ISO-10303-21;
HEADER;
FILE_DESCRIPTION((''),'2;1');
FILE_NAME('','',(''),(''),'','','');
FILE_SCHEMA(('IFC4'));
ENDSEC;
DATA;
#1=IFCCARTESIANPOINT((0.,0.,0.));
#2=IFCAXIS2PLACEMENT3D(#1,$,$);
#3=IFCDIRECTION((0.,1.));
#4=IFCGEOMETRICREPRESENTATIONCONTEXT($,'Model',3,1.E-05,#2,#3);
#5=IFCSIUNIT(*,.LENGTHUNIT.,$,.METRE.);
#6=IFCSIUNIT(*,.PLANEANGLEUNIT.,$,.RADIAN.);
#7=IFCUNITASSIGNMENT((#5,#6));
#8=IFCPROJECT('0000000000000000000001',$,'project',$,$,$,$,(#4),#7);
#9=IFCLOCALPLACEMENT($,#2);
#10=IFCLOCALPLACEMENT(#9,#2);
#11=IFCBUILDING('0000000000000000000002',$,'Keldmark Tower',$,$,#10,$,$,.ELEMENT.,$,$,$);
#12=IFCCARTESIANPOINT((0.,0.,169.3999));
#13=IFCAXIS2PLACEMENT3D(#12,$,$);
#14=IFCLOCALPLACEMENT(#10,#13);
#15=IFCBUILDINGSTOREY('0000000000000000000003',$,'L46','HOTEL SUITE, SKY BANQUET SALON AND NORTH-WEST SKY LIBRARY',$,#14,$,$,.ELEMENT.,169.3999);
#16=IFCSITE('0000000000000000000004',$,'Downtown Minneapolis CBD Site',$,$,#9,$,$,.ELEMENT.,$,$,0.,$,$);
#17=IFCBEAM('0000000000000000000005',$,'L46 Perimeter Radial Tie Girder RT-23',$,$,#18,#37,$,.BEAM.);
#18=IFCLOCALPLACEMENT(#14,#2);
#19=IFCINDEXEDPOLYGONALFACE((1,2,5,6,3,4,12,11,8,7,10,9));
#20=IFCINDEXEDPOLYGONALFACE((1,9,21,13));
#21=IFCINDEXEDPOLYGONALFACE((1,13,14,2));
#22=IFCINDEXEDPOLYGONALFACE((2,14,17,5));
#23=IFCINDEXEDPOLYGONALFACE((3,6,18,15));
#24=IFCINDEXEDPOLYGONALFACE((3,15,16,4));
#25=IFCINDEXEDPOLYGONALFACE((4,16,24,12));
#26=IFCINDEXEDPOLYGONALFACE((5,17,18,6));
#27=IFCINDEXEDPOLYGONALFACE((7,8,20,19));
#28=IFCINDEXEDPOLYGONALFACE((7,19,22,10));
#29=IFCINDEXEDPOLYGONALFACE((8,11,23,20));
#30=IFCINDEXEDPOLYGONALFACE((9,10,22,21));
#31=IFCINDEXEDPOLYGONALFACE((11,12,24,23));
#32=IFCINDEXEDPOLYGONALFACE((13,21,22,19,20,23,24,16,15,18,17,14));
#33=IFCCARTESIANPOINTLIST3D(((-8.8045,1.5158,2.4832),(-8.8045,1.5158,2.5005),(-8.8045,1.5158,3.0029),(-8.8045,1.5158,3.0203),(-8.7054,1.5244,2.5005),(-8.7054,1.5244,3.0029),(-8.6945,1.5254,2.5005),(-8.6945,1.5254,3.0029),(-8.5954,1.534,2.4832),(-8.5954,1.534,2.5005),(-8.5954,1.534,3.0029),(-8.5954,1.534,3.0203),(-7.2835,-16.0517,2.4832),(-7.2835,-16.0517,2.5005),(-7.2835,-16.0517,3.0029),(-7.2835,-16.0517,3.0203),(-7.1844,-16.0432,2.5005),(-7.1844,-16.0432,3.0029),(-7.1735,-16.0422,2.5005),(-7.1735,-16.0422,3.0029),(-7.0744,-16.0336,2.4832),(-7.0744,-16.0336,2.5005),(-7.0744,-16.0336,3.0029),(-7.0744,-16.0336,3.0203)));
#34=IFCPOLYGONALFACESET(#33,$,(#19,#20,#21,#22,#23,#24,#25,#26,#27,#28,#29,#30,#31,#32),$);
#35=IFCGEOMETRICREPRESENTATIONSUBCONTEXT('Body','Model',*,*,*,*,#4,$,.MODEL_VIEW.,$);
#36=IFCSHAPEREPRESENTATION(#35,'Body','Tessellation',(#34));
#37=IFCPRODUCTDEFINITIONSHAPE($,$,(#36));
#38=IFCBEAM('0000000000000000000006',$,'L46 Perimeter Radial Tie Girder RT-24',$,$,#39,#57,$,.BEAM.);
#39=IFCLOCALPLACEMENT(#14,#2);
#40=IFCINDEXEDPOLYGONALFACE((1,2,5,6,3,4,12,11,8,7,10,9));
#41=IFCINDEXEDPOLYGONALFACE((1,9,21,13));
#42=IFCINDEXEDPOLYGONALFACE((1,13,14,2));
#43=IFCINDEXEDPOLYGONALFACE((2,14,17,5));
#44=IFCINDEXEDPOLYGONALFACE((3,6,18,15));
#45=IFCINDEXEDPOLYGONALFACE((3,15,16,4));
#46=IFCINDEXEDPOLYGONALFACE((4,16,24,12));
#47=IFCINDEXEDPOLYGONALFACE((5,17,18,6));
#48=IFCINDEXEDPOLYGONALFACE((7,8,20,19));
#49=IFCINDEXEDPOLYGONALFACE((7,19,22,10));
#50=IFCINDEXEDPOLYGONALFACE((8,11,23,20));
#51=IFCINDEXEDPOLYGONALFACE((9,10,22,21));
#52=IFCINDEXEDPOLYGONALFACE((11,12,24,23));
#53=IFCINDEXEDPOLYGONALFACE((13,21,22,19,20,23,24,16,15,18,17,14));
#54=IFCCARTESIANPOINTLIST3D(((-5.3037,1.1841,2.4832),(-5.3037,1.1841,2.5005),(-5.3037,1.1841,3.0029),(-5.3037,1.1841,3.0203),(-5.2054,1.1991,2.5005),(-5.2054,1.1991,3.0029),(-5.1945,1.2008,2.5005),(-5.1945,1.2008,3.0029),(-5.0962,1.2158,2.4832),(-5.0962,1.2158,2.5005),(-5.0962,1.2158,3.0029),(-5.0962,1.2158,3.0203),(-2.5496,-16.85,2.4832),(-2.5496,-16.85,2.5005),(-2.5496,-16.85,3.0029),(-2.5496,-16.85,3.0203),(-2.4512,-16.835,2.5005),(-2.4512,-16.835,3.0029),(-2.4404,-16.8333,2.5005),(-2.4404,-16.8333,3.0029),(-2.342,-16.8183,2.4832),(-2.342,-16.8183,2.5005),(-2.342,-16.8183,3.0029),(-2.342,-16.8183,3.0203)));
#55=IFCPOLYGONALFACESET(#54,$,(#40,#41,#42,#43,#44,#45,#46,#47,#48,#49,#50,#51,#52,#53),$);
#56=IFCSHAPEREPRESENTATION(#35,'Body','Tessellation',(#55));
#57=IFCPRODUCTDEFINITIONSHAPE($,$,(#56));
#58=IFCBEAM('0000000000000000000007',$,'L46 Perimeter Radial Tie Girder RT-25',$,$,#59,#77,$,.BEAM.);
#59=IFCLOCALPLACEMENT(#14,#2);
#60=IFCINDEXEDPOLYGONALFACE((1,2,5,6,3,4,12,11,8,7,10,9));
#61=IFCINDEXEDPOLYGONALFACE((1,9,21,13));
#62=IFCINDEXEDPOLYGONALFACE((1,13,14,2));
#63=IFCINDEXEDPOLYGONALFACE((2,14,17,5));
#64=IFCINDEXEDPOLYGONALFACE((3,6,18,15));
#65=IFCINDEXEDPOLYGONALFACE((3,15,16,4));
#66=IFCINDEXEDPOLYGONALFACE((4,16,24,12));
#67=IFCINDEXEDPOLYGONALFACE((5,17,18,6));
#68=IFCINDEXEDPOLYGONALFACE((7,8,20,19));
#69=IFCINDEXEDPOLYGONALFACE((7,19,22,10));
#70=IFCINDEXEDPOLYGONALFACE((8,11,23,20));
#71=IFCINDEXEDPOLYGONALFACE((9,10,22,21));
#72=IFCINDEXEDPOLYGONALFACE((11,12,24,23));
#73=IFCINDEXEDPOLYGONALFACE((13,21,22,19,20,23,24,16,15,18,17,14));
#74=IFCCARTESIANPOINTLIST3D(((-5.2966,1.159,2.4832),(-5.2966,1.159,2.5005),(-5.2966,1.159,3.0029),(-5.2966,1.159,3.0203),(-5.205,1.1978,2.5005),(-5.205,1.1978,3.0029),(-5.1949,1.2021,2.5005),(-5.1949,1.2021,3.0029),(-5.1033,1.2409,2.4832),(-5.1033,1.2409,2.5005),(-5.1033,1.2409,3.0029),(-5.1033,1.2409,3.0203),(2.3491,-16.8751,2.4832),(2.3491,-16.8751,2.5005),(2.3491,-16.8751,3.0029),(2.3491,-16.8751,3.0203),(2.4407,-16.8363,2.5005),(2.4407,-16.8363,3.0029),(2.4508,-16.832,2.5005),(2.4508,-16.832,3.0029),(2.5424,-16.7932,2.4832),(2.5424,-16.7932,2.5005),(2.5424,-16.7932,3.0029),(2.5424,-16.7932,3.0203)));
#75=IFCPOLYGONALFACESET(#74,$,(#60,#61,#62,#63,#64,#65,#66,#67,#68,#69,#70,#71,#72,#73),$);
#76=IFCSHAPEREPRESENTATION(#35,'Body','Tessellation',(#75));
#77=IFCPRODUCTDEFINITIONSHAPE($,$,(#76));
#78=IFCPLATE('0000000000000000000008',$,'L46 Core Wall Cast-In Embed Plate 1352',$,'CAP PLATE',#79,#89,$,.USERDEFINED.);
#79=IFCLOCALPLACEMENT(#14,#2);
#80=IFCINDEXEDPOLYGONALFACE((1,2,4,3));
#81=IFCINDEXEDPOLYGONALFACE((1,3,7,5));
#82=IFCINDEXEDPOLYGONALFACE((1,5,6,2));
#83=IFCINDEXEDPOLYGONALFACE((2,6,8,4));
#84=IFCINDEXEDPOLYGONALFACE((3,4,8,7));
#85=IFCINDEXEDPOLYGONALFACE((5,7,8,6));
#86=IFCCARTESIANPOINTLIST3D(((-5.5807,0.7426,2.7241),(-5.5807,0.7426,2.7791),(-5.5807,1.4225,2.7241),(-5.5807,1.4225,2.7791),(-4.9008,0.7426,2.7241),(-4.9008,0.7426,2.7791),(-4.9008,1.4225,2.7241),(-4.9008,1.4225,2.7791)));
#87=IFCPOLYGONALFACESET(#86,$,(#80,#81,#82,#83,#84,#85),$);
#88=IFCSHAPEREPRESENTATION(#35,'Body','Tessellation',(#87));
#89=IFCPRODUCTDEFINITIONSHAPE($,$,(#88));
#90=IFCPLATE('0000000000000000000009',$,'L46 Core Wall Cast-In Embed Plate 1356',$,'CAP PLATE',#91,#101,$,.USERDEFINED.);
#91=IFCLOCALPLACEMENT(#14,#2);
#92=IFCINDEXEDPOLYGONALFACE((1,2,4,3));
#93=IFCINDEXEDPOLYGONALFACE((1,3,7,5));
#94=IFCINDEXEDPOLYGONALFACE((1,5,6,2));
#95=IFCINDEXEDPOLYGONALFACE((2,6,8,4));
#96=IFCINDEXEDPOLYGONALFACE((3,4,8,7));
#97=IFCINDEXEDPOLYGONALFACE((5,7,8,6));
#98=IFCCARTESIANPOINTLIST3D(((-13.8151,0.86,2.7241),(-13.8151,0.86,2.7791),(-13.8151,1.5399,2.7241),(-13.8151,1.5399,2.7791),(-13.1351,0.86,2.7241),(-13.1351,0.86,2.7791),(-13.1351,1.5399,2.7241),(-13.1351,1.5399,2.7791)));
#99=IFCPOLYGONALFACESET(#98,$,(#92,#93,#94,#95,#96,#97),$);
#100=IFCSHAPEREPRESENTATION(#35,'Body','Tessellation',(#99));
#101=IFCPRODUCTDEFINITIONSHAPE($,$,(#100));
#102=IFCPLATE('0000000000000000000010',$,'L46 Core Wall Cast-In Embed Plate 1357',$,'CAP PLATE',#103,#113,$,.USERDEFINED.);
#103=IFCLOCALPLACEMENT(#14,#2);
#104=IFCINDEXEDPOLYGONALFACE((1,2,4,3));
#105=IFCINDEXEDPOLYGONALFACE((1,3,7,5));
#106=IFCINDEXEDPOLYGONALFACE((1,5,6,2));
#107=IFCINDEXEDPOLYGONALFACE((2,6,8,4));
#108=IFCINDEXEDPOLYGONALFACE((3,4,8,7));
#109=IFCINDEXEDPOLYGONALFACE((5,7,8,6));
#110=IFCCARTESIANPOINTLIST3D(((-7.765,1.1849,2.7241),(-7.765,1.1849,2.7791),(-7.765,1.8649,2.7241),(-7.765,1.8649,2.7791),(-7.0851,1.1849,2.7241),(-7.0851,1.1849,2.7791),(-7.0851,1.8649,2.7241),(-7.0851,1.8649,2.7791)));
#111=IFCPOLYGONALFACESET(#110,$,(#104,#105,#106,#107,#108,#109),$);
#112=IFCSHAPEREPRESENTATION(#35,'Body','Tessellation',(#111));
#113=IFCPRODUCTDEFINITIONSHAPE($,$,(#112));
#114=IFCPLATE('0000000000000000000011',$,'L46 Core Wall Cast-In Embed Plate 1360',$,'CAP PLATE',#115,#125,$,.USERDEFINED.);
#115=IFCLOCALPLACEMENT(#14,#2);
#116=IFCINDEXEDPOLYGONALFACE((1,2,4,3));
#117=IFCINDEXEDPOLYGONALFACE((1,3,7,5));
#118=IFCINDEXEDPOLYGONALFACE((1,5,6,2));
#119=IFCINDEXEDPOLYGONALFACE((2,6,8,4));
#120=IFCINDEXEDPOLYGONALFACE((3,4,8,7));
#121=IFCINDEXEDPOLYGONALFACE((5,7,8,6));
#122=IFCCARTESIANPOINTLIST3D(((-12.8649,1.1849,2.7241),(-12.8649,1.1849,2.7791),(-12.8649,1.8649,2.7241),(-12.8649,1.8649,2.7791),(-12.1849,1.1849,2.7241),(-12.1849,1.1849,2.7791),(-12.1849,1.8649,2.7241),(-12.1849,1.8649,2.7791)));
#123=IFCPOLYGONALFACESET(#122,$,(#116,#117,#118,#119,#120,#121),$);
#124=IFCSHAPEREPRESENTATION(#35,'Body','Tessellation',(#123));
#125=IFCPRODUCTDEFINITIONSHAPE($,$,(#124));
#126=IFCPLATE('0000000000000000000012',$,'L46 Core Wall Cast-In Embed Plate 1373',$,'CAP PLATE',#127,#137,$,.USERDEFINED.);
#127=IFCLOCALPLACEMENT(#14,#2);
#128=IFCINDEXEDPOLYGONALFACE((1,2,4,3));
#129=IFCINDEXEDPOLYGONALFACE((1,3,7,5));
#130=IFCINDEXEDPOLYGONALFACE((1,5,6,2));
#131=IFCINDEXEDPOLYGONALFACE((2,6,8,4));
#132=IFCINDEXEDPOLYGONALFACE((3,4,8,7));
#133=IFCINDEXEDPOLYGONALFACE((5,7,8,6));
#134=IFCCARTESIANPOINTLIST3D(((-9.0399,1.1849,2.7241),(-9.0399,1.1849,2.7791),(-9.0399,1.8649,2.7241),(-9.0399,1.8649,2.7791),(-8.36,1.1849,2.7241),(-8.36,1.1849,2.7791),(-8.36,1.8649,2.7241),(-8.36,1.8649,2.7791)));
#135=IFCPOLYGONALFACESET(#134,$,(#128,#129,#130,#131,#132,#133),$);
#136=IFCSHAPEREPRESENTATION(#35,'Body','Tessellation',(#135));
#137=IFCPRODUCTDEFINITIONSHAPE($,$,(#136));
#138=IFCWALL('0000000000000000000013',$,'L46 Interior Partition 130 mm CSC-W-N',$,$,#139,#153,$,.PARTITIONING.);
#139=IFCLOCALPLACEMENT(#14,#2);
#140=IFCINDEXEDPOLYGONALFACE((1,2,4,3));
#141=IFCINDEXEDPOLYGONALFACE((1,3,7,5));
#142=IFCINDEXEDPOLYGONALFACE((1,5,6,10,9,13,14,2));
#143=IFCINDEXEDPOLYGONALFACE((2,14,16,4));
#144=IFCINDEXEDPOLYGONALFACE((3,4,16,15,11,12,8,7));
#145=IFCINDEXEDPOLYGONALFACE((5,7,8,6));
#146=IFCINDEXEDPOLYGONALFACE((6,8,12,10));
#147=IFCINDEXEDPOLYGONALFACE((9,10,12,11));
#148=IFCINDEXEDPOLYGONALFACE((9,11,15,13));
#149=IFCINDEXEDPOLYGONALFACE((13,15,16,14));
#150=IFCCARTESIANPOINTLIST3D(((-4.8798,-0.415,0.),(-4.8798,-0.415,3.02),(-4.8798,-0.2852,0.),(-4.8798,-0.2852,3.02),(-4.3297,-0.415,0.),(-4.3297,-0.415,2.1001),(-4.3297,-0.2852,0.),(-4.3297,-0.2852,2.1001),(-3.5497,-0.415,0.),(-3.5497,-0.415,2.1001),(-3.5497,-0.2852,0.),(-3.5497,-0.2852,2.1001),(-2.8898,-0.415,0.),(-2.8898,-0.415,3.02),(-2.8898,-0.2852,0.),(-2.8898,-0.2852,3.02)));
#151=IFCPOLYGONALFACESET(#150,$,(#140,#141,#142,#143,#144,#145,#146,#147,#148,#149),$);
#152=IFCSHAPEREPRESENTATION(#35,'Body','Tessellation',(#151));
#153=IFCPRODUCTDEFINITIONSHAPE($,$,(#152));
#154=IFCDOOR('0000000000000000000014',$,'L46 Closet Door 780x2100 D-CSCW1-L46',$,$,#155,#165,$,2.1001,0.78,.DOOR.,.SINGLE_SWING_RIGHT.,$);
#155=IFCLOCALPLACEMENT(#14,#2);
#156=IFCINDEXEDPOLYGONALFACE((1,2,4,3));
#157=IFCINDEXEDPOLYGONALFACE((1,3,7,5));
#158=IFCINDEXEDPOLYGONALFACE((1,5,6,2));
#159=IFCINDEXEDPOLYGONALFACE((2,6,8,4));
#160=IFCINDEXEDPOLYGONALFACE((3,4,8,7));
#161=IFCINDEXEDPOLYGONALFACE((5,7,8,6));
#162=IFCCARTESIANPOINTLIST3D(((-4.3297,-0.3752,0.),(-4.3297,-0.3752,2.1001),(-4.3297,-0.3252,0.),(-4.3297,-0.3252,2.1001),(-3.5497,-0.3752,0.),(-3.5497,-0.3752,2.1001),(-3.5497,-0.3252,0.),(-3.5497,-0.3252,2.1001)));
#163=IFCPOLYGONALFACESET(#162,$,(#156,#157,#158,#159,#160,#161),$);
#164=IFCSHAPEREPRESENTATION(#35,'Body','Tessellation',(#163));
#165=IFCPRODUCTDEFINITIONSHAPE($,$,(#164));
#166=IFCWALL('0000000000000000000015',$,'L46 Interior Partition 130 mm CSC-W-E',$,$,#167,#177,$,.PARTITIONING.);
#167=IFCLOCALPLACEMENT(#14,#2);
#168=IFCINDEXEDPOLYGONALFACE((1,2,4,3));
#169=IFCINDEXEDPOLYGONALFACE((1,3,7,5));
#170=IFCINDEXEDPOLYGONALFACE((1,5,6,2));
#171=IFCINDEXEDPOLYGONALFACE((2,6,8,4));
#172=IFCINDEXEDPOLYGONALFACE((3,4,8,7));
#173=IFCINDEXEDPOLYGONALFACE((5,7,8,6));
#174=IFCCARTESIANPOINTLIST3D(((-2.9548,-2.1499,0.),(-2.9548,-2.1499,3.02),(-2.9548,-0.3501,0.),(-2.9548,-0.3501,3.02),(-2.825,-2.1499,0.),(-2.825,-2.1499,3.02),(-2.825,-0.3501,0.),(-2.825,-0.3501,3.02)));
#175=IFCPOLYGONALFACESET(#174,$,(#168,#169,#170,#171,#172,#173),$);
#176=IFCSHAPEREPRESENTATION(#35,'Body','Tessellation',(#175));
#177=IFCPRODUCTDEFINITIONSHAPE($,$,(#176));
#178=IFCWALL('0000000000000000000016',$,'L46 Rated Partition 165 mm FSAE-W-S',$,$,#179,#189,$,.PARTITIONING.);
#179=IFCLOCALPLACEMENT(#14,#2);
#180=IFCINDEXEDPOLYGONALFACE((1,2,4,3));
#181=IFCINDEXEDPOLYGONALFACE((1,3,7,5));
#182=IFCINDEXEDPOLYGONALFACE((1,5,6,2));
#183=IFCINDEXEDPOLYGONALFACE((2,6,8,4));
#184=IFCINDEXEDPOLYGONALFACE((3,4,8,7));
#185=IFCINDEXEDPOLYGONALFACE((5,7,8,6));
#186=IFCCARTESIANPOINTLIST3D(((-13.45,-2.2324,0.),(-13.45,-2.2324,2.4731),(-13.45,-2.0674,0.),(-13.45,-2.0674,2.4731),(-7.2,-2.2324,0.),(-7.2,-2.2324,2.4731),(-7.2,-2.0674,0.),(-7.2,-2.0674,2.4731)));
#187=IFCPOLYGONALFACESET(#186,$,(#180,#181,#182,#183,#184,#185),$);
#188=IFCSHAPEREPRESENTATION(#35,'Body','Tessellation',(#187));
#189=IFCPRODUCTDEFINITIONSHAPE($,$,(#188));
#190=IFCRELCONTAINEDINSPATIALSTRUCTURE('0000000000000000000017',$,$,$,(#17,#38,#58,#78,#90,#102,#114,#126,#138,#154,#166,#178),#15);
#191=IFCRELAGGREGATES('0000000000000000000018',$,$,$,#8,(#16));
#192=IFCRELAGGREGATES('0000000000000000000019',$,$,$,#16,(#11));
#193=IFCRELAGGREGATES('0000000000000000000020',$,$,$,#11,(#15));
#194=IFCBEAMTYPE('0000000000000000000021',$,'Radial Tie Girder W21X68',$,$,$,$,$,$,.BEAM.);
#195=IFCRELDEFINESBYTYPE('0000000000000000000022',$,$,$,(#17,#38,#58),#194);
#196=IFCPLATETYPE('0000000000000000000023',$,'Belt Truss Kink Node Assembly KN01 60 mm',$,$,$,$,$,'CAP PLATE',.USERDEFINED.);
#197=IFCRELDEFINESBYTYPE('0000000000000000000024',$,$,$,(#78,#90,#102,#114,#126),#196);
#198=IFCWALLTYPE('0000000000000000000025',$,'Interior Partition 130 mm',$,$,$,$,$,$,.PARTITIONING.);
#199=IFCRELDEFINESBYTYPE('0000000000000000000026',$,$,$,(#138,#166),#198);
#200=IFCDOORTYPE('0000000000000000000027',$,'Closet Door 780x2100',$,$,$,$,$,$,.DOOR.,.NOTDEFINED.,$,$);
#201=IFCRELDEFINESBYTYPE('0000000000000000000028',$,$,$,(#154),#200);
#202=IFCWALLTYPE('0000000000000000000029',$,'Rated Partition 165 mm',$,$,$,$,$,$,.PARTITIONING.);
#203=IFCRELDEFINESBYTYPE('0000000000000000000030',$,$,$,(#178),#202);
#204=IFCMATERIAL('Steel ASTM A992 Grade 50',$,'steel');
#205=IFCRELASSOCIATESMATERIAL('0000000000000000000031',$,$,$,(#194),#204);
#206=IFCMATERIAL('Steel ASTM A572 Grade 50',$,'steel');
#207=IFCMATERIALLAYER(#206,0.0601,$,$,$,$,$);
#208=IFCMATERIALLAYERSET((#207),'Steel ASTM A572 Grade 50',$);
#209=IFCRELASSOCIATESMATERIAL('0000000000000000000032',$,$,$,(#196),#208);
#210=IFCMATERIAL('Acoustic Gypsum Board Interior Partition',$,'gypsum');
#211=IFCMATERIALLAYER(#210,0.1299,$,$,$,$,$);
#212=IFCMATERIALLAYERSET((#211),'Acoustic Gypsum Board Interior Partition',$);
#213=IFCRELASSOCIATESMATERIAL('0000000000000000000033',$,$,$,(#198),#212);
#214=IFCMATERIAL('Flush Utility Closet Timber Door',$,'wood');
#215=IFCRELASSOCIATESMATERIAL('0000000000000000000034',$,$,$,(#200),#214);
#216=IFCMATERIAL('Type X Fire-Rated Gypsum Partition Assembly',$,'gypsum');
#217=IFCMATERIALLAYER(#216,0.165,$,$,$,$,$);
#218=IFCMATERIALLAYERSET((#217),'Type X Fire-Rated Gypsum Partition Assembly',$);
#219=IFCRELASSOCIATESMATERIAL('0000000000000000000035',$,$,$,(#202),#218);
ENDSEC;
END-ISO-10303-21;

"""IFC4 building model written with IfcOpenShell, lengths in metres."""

from ifc_helpers import new_model, si_unit, direction, frame, frame_2d, origin, origin_2d, place, context, subcontext, project, spatial, rectangle, i_section, extrude, material, layer, layer_set, material_profile, profile_set, type_object, element, fill, save


model = new_model("IFC4")

# Units and contexts
model_context = context("Model", 3, precision=1e-05, world=origin(), true_north=direction((0.0, 1.0)))
body_context = subcontext(model_context, "Body", "Model", "MODEL_VIEW")
ifc_project = project(units=[si_unit("LENGTHUNIT", "METRE"), si_unit("PLANEANGLEUNIT", "RADIAN")], contexts=[model_context])

# Site, building, storey
site_placement = place(None, origin())
site = spatial("IfcSite", under=ifc_project, at=site_placement, Name="Downtown Minneapolis CBD Site", CompositionType="ELEMENT", RefElevation=0.0)
building_placement = place(site_placement, origin())
building = spatial("IfcBuilding", under=site, at=building_placement, Name="Keldmark Tower", CompositionType="ELEMENT")
storey_placement = place(building_placement, frame((0.0, 0.0, 169.3999)))
storey = spatial("IfcBuildingStorey", under=building, at=storey_placement, Name="L46", Description="HOTEL SUITE, SKY BANQUET SALON AND NORTH-WEST SKY LIBRARY", CompositionType="ELEMENT", Elevation=169.3999)

# Beams
ifc_material_1 = material(Name="Steel ASTM A992 Grade 50", Category="steel")
ifc_material_profile_1 = material_profile(ifc_material_1, i_section(OverallWidth=0.21, OverallDepth=0.5371, WebThickness=0.011, FlangeThickness=0.0173, at=origin_2d()), Name="W21X68")
ifc_profile_set_1 = profile_set([ifc_material_profile_1], Name="Steel ASTM A992 Grade 50")
beam_type_1 = type_object("IfcBeamType", Name="Radial Tie Girder W21X68", PredefinedType="BEAM", material=ifc_profile_set_1)
beam_1_placement = place(storey_placement, frame((-8.7, 1.5249, 2.7517), z_axis=(0.086257, -0.996273, 0.0), x_axis=(0.996273, 0.086257, 0.0)))
element("IfcBeam", 1, at=beam_1_placement, inside=storey, type_object=beam_type_1, Name="L46 Perimeter Radial Tie Girder RT-23", PredefinedType="BEAM", context=body_context, shape_type="SweptSolid", body=[
    extrude(i_section(OverallWidth=0.21, OverallDepth=0.5371, WebThickness=0.011, FlangeThickness=0.0173, at=origin_2d()), origin(), (0.0, 0.0, 1.0), 17.6333),
])
beam_2_placement = place(storey_placement, frame((-5.2, 1.2, 2.7517), z_axis=(0.150968, -0.988539, 0.0), x_axis=(0.988539, 0.150968, 0.0)))
element("IfcBeam", 2, at=beam_2_placement, inside=storey, type_object=beam_type_1, Name="L46 Perimeter Radial Tie Girder RT-24", PredefinedType="BEAM", context=body_context, shape_type="SweptSolid", body=[
    extrude(i_section(OverallWidth=0.21, OverallDepth=0.5371, WebThickness=0.011, FlangeThickness=0.0173, at=origin_2d()), origin(), (0.0, 0.0, 1.0), 18.2432),
])
beam_3_placement = place(storey_placement, frame((-5.2, 1.2, 2.7517), z_axis=(0.390329, -0.920676, 0.0), x_axis=(0.920676, 0.390329, 0.0)))
element("IfcBeam", 3, at=beam_3_placement, inside=storey, type_object=beam_type_1, Name="L46 Perimeter Radial Tie Girder RT-25", PredefinedType="BEAM", context=body_context, shape_type="SweptSolid", body=[
    extrude(i_section(OverallWidth=0.21, OverallDepth=0.5371, WebThickness=0.011, FlangeThickness=0.0173, at=origin_2d()), origin(), (0.0, 0.0, 1.0), 19.5879),
])

# Plates
ifc_material_2 = material(Name="Steel ASTM A572 Grade 50", Category="steel")
ifc_layer_1 = layer(ifc_material_2, 0.0601)
ifc_layer_set_1 = layer_set([ifc_layer_1], Name="Steel ASTM A572 Grade 50")
plate_type = type_object("IfcPlateType", Name="Belt Truss Kink Node Assembly KN01 60 mm", ElementType="CAP PLATE", PredefinedType="USERDEFINED", material=ifc_layer_set_1)
for number, where, z_axis, x_axis, name in (
    (4, (-5.2407, 1.0825, 2.7241), (0.0, 0.0, 1.0), (1.0, 0.0, 0.0), "L46 Core Wall Cast-In Embed Plate 1352"),
    (5, (-13.4751, 1.2, 2.7241), (0.0, 0.0, 1.0), (1.0, 0.0, 0.0), "L46 Core Wall Cast-In Embed Plate 1356"),
    (6, (-7.425, 1.5249, 2.7241), (0.0, 0.0, 1.0), (1.0, 0.0, 0.0), "L46 Core Wall Cast-In Embed Plate 1357"),
    (7, (-12.5249, 1.5249, 2.7241), (0.0, 0.0, 1.0), (1.0, 0.0, 0.0), "L46 Core Wall Cast-In Embed Plate 1360"),
    (8, (-8.7, 1.5249, 2.7241), (0.0, 0.0, 1.0), (1.0, 0.0, 0.0), "L46 Core Wall Cast-In Embed Plate 1373"),
):
    element("IfcPlate", number, at=place(storey_placement, frame(where, z_axis=z_axis, x_axis=x_axis)), inside=storey, type_object=plate_type, Name=name, ObjectType="CAP PLATE", PredefinedType="USERDEFINED", context=body_context, shape_type="SweptSolid", body=[
        extrude(rectangle(XDim=0.6799, YDim=0.6799, at=origin_2d()), origin(), (0.0, 0.0, 1.0), 0.0549),
    ])

# Wall, opening, door
ifc_material_3 = material(Name="Acoustic Gypsum Board Interior Partition", Category="gypsum")
ifc_layer_2 = layer(ifc_material_3, 0.1299)
ifc_layer_set_2 = layer_set([ifc_layer_2], Name="Acoustic Gypsum Board Interior Partition")
wall_type_1 = type_object("IfcWallType", Name="Interior Partition 130 mm", PredefinedType="PARTITIONING", material=ifc_layer_set_2)
wall_1_placement = place(storey_placement, frame((-4.8799, -0.3501, 0.0), z_axis=(0.0, 0.0, 1.0), x_axis=(1.0, 0.0, 0.0)))
wall_1 = element("IfcWall", 9, at=wall_1_placement, inside=storey, type_object=wall_type_1, Name="L46 Interior Partition 130 mm CSC-W-N", PredefinedType="PARTITIONING", context=body_context, shape_type="SweptSolid", body=[
    extrude(rectangle(XDim=1.99, YDim=0.1299, at=frame_2d((0.9951, 0.0))), origin(), (0.0, 0.0, 1.0), 3.02),
])
opening_1_placement = place(wall_1_placement, frame((0.55, 0.0, 0.0)))
opening_1 = element("IfcOpeningElement", 10, at=opening_1_placement, cuts=wall_1, PredefinedType="OPENING", context=body_context, shape_type="SweptSolid", body=[
    extrude(rectangle(XDim=0.78, YDim=2.1001, at=frame_2d((0.3901, 1.05))), frame((0.0, 0.075, 0.0), z_axis=(0.0, -1.0, 0.0), x_axis=(1.0, 0.0, 0.0)), (0.0, 0.0, 1.0), 0.1499),
])
ifc_material_4 = material(Name="Flush Utility Closet Timber Door", Category="wood")
door_type_1 = type_object("IfcDoorType", Name="Closet Door 780x2100", OperationType="NOTDEFINED", PredefinedType="DOOR", material=ifc_material_4)
door_1_placement = place(opening_1_placement, origin())
door_1 = element("IfcDoor", 11, at=door_1_placement, inside=storey, type_object=door_type_1, Name="L46 Closet Door 780x2100 D-CSCW1-L46", OperationType="SINGLE_SWING_RIGHT", OverallHeight=2.1001, OverallWidth=0.78, PredefinedType="DOOR", context=body_context, shape_type="SweptSolid", body=[
    extrude(rectangle(XDim=0.78, YDim=2.1001, at=frame_2d((0.3901, 1.05))), frame((0.0, 0.0249, 0.0), z_axis=(0.0, -1.0, 0.0), x_axis=(1.0, 0.0, 0.0)), (0.0, 0.0, 1.0), 0.05),
])
fill(opening_1, door_1)

# Walls
wall_2_placement = place(storey_placement, frame((-2.8899, -2.1499, 0.0), z_axis=(0.0, 0.0, 1.0), x_axis=(0.0, 1.0, 0.0)))
element("IfcWall", 12, at=wall_2_placement, inside=storey, type_object=wall_type_1, Name="L46 Interior Partition 130 mm CSC-W-E", PredefinedType="PARTITIONING", context=body_context, shape_type="SweptSolid", body=[
    extrude(rectangle(XDim=1.7998, YDim=0.1299, at=frame_2d((0.8999, 0.0))), origin(), (0.0, 0.0, 1.0), 3.02),
])
ifc_material_5 = material(Name="Type X Fire-Rated Gypsum Partition Assembly", Category="gypsum")
ifc_layer_3 = layer(ifc_material_5, 0.165)
ifc_layer_set_3 = layer_set([ifc_layer_3], Name="Type X Fire-Rated Gypsum Partition Assembly")
wall_type_2 = type_object("IfcWallType", Name="Rated Partition 165 mm", PredefinedType="PARTITIONING", material=ifc_layer_set_3)
wall_3_placement = place(storey_placement, frame((-13.45, -2.1499, 0.0), z_axis=(0.0, 0.0, 1.0), x_axis=(1.0, 0.0, 0.0)))
element("IfcWall", 13, at=wall_3_placement, inside=storey, type_object=wall_type_2, Name="L46 Rated Partition 165 mm FSAE-W-S", PredefinedType="PARTITIONING", context=body_context, shape_type="SweptSolid", body=[
    extrude(rectangle(XDim=6.25, YDim=0.165, at=frame_2d((3.125, 0.0))), origin(), (0.0, 0.0, 1.0), 2.4731),
])

save(model, "model.ifc")
